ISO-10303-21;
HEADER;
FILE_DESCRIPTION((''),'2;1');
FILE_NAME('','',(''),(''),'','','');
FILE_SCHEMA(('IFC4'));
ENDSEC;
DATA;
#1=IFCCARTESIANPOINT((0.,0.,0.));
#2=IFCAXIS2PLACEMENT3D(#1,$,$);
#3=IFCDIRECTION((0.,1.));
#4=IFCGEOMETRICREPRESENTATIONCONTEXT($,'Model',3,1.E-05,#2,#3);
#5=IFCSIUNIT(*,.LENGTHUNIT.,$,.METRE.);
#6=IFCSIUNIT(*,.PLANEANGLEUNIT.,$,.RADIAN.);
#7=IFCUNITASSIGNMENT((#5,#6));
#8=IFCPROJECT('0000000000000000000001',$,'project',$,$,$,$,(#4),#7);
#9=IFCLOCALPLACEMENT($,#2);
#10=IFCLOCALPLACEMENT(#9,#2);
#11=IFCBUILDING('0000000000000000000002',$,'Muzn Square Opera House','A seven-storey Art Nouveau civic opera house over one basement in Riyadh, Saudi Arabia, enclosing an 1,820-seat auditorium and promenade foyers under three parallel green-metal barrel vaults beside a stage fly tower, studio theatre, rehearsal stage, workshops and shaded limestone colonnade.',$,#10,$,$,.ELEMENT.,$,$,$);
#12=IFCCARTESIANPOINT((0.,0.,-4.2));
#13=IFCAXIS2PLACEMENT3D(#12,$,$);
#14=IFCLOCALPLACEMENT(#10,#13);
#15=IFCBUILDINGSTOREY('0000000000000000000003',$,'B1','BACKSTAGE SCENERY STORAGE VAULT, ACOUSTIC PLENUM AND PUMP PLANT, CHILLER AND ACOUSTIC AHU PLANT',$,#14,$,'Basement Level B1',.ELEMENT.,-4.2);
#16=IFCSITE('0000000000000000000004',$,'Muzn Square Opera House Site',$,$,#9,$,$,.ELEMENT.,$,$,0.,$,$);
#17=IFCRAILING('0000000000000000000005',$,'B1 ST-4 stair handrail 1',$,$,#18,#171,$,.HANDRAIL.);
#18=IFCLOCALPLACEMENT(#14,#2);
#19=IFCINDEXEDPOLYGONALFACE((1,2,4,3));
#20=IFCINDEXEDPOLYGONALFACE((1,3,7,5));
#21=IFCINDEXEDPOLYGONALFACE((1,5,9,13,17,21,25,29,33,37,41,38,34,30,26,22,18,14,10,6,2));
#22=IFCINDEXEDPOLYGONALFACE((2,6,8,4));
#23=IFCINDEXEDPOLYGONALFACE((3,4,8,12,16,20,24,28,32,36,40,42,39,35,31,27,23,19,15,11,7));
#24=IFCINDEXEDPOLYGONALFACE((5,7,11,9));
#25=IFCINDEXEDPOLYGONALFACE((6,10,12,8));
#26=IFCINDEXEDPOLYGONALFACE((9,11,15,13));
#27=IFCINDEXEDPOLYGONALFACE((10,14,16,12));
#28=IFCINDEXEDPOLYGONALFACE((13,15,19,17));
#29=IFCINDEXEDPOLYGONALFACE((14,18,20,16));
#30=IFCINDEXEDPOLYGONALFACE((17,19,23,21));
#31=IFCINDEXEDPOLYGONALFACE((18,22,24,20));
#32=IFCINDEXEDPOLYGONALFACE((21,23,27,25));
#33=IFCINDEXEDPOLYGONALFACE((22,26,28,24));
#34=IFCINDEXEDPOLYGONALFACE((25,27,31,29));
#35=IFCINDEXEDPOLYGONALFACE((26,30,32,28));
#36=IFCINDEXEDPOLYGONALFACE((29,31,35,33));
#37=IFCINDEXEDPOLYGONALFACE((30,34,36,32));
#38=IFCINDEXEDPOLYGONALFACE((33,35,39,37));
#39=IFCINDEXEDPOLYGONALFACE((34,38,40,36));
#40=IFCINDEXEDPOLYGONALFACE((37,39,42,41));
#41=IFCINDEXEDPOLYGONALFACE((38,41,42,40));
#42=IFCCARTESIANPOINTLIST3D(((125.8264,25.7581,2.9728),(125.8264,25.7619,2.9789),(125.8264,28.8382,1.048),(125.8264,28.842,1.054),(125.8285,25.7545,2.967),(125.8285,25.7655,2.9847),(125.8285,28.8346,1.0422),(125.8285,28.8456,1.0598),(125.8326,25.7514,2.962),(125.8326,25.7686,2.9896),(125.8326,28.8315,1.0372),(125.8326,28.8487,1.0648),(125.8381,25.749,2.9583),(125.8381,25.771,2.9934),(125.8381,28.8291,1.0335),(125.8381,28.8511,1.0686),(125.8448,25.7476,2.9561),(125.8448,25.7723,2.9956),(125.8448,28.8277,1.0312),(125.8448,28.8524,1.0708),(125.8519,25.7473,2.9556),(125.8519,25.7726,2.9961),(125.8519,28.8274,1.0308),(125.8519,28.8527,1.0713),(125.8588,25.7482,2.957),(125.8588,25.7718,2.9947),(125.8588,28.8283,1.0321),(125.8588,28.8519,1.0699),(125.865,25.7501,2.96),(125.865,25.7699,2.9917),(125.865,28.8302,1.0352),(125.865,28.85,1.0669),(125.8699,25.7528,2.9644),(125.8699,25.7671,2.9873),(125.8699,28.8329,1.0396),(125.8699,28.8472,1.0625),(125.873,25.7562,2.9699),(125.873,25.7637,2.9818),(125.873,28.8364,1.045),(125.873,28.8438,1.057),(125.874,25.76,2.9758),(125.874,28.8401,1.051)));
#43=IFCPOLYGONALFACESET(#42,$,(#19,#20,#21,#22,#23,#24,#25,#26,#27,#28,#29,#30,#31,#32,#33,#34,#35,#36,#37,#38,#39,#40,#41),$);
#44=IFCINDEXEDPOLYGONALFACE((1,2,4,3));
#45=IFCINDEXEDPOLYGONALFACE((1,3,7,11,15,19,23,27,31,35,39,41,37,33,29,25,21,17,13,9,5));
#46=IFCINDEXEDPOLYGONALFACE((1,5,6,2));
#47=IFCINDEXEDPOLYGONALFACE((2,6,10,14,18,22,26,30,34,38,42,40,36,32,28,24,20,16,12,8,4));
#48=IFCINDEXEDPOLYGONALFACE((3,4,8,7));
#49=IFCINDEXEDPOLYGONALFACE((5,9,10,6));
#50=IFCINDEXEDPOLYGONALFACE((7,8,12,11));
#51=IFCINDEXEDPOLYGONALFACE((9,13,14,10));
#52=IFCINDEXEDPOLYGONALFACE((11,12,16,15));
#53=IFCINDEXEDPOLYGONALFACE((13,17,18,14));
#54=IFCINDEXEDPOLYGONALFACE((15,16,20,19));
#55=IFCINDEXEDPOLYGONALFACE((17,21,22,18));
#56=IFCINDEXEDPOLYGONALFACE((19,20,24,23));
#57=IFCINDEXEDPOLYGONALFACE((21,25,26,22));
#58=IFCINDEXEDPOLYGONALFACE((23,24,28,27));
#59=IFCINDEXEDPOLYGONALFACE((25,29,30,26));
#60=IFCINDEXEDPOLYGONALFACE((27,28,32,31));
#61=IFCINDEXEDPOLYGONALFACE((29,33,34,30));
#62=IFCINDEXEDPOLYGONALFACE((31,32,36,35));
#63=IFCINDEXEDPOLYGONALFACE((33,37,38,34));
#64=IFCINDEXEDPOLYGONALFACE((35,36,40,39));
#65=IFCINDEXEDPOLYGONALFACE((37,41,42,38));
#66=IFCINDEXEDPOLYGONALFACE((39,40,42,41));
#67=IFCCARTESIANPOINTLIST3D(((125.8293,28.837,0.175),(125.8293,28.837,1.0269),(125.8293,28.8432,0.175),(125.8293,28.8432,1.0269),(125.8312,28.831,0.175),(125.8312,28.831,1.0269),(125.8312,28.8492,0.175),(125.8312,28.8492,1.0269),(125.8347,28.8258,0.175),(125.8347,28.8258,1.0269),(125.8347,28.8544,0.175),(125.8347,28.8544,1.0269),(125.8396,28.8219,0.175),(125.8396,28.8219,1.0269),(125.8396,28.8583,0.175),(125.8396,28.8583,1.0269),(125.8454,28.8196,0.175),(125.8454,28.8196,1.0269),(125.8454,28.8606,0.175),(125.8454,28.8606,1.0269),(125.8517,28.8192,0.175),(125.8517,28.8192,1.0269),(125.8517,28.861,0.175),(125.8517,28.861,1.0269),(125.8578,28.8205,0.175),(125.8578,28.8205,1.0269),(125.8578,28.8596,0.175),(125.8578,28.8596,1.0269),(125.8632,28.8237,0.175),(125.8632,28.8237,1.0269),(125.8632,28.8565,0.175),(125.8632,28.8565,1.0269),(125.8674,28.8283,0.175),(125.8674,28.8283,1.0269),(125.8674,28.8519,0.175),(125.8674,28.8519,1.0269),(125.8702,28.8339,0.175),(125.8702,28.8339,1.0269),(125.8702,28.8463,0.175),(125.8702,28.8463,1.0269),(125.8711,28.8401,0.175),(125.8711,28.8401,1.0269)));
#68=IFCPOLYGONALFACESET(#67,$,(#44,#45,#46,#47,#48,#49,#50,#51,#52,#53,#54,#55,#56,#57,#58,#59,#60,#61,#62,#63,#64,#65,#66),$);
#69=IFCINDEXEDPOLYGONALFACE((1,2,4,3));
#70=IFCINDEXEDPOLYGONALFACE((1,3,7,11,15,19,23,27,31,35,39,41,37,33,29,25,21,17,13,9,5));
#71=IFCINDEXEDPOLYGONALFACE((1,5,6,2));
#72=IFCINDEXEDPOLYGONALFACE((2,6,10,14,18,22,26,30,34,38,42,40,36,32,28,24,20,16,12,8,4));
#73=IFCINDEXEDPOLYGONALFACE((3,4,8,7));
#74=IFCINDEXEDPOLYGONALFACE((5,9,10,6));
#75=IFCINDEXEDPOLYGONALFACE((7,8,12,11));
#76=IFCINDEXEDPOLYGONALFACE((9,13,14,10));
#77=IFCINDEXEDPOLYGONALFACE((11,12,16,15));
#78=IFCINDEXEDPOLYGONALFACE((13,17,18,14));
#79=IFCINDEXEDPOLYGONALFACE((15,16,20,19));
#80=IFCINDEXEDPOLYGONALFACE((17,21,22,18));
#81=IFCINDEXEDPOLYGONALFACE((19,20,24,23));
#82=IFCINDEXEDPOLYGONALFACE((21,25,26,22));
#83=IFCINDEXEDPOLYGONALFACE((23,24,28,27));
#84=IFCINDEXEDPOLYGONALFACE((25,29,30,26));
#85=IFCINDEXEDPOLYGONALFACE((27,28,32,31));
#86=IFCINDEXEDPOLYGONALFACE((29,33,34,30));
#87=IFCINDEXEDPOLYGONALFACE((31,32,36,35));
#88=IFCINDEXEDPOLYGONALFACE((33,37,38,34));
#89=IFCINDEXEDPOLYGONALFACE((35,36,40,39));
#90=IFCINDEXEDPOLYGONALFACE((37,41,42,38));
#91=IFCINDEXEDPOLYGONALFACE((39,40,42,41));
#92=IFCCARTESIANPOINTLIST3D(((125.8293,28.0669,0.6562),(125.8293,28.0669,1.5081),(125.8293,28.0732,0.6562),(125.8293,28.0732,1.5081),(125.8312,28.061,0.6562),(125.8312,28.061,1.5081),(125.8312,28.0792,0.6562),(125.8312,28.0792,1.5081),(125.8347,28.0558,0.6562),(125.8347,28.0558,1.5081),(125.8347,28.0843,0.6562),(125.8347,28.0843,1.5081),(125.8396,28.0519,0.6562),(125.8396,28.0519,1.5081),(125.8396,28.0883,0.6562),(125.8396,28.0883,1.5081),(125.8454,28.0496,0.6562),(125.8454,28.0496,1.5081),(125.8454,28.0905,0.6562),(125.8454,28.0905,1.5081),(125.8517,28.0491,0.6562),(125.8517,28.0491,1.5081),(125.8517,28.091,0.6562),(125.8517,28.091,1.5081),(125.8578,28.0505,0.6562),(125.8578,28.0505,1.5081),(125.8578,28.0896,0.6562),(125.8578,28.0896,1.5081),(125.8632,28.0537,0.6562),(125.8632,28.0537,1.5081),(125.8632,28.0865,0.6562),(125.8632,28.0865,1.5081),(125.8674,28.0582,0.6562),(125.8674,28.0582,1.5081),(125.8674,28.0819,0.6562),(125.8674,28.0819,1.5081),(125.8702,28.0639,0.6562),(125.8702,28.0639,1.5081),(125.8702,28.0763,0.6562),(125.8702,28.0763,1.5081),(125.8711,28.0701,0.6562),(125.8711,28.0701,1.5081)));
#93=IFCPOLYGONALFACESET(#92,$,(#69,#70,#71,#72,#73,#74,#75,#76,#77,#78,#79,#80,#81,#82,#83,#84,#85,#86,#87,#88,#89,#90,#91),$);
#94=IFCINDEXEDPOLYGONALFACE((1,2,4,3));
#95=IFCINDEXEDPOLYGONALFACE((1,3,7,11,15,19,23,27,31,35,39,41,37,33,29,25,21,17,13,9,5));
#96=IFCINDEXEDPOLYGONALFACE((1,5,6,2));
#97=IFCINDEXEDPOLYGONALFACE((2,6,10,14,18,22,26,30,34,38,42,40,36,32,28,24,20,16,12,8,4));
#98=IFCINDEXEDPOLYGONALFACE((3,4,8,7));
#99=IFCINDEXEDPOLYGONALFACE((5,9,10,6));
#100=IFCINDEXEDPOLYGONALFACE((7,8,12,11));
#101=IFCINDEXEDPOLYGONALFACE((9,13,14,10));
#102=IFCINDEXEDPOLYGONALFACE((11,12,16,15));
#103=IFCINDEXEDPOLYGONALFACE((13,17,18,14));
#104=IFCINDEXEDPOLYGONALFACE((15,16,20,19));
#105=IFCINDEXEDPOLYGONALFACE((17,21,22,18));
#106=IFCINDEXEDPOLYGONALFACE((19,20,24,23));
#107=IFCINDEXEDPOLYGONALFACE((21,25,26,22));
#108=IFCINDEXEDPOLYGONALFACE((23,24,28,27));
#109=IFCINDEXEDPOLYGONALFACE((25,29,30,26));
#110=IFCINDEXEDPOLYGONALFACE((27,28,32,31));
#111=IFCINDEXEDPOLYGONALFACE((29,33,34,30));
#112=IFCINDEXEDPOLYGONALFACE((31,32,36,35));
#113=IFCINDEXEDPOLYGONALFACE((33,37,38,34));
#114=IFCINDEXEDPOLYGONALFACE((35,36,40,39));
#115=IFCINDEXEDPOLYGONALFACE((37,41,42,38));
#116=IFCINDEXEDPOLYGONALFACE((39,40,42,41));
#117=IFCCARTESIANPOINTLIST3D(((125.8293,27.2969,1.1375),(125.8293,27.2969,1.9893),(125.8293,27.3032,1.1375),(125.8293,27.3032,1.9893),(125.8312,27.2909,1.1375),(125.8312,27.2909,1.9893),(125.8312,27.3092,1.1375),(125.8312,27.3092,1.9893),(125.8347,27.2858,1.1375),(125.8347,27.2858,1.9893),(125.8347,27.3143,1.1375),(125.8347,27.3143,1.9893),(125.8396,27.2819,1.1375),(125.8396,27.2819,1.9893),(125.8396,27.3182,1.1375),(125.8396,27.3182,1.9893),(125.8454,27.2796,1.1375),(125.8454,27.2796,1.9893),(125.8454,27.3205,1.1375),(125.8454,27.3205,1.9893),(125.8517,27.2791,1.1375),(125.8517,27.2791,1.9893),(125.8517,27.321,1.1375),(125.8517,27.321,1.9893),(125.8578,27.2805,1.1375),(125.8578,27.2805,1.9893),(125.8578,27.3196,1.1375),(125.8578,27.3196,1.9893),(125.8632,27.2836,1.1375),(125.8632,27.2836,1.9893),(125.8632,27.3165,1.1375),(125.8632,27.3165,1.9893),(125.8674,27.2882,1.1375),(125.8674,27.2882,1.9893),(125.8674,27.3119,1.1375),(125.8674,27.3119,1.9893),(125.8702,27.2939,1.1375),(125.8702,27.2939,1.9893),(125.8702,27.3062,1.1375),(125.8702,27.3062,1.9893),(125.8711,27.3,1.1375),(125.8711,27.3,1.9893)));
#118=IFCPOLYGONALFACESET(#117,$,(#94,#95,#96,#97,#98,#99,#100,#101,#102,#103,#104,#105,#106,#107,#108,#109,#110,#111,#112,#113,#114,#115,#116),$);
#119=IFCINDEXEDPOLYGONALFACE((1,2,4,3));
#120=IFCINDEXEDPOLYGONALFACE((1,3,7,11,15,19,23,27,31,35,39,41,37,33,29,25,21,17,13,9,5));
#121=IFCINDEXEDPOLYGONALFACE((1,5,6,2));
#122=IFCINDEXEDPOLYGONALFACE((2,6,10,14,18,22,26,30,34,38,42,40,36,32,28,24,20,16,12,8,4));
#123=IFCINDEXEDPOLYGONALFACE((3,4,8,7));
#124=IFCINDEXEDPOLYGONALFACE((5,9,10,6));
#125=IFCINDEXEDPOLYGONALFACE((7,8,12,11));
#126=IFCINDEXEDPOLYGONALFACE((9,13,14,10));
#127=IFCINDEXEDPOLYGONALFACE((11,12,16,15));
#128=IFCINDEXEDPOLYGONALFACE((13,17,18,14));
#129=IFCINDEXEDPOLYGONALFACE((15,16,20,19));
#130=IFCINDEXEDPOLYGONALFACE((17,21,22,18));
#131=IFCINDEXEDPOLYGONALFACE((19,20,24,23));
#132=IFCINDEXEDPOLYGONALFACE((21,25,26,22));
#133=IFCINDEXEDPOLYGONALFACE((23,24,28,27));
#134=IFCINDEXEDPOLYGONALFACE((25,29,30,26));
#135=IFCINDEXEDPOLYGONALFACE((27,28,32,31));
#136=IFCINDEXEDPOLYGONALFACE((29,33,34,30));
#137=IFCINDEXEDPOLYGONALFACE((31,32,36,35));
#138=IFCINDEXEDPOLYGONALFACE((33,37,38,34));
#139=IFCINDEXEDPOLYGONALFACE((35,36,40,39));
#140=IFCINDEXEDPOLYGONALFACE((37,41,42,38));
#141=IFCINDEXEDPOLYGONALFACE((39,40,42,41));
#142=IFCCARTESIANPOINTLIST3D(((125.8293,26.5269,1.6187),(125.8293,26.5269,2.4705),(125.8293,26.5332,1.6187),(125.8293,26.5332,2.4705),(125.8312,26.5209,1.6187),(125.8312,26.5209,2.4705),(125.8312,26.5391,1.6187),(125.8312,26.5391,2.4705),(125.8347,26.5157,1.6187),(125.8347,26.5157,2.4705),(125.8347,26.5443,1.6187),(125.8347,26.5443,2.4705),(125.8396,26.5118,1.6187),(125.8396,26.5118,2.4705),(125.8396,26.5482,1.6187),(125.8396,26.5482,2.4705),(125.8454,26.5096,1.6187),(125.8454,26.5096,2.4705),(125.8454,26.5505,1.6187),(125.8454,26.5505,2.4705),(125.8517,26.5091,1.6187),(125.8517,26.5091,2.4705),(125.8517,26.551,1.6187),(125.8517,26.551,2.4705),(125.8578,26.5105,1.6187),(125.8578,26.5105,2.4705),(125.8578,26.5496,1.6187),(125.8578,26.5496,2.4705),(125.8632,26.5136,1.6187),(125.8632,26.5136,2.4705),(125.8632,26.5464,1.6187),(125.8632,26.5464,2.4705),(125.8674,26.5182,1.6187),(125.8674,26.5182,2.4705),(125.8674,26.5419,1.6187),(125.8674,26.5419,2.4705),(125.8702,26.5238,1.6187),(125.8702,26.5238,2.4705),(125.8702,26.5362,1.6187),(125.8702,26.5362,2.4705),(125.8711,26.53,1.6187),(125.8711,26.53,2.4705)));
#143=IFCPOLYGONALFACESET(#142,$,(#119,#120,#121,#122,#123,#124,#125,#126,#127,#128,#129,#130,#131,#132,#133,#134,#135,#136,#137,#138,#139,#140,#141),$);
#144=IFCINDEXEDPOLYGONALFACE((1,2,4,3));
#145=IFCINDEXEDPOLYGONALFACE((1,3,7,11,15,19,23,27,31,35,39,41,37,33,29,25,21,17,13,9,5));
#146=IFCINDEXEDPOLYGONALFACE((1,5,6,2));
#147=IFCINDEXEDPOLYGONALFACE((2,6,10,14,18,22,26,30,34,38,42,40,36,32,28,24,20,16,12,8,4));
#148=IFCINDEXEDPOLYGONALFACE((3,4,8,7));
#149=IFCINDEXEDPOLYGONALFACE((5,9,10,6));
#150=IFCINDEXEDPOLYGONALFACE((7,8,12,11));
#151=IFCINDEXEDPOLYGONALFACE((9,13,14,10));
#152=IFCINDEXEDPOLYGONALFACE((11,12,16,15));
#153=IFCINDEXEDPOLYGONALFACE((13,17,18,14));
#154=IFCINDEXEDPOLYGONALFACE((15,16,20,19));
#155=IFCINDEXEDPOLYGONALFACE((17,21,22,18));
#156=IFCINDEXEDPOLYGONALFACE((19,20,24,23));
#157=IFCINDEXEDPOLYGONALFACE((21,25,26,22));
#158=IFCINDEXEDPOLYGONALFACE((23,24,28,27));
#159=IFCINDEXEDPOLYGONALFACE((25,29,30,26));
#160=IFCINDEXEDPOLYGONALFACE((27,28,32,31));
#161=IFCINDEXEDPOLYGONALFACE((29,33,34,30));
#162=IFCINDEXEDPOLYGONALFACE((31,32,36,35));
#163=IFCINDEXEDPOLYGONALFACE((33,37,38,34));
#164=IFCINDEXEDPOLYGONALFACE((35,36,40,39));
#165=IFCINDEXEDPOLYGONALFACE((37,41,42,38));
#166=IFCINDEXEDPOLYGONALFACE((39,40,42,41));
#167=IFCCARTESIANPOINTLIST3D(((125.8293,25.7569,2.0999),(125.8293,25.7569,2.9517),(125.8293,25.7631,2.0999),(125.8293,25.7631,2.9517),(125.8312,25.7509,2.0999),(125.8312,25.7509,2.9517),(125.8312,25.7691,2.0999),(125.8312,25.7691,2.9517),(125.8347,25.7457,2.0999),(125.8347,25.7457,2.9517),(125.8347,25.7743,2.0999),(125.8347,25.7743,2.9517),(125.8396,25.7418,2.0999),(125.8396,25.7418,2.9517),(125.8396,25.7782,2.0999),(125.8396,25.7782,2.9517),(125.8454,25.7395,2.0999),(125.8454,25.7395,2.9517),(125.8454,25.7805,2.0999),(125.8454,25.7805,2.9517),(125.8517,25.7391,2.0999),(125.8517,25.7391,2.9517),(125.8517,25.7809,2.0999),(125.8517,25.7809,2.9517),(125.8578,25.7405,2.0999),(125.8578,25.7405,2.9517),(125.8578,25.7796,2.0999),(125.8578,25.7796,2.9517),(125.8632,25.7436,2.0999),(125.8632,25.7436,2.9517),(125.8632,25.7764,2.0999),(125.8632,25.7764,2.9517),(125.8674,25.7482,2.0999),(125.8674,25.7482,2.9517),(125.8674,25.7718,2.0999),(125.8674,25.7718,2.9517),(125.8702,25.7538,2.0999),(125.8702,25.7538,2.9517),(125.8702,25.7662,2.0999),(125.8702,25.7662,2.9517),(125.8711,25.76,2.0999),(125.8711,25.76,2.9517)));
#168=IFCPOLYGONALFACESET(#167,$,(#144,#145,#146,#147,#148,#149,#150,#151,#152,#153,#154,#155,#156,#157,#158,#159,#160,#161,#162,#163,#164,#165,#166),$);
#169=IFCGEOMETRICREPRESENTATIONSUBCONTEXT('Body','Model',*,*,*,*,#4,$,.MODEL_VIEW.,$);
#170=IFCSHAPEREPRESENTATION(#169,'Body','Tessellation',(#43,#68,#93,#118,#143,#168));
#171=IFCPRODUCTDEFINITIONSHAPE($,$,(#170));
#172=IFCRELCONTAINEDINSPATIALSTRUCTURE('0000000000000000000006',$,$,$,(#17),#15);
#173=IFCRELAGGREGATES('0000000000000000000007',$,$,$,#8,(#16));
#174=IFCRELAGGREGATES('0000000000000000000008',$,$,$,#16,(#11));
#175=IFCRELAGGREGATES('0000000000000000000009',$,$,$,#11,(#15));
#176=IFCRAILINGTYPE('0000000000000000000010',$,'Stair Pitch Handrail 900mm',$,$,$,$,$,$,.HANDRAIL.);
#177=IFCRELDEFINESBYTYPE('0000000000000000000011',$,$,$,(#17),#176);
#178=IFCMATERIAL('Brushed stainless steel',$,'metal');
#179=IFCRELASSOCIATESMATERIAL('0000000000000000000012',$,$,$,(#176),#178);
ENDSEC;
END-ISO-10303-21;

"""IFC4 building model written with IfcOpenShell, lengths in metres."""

from ifc_helpers import new_model, si_unit, direction, frame, origin, origin_2d, place, context, subcontext, project, spatial, circle, extrude, material, type_object, element, save


model = new_model("IFC4")

# Units and contexts
model_context = context("Model", 3, precision=1e-05, world=origin(), true_north=direction((0.0, 1.0)))
body_context = subcontext(model_context, "Body", "Model", "MODEL_VIEW")
ifc_project = project(units=[si_unit("LENGTHUNIT", "METRE"), si_unit("PLANEANGLEUNIT", "RADIAN")], contexts=[model_context])

# Site, building, storey
site_placement = place(None, origin())
site = spatial("IfcSite", under=ifc_project, at=site_placement, Name="Muzn Square Opera House Site", CompositionType="ELEMENT", RefElevation=0.0)
building_placement = place(site_placement, origin())
building = spatial("IfcBuilding", under=site, at=building_placement, Name="Muzn Square Opera House", Description="A seven-storey Art Nouveau civic opera house over one basement in Riyadh, Saudi Arabia, enclosing an 1,820-seat auditorium and promenade foyers under three parallel green-metal barrel vaults beside a stage fly tower, studio theatre, rehearsal stage, workshops and shaded limestone colonnade.", CompositionType="ELEMENT")
storey_placement = place(building_placement, frame((0.0, 0.0, -4.2)))
storey = spatial("IfcBuildingStorey", under=building, at=storey_placement, Name="B1", Description="BACKSTAGE SCENERY STORAGE VAULT, ACOUSTIC PLENUM AND PUMP PLANT, CHILLER AND ACOUSTIC AHU PLANT", LongName="Basement Level B1", CompositionType="ELEMENT", Elevation=-4.2)

# Shared definitions
ifc_material_1 = material(Name="Brushed stainless steel", Category="metal")

# Railing
railing_type_1 = type_object("IfcRailingType", Name="Stair Pitch Handrail 900mm", PredefinedType="HANDRAIL", material=ifc_material_1)
railing_1_placement = place(storey_placement, frame((125.8501, 28.8401, 0.175)))
element("IfcRailing", 1, at=railing_1_placement, inside=storey, type_object=railing_type_1, Name="B1 ST-4 stair handrail 1", PredefinedType="HANDRAIL", context=body_context, shape_type="SweptSolid", body=[
    extrude(circle(Radius=0.0239, at=origin_2d()), frame((0.0, 0.0, 0.876), z_axis=(0.0, -0.848029, 0.529951), x_axis=(1.0, 0.0, 0.0)), (0.0, 0.0, 1.0), 3.6321),
    extrude(circle(Radius=0.021, at=origin_2d()), origin(), (0.0, 0.0, 1.0), 0.8518),
    extrude(circle(Radius=0.021, at=origin_2d()), frame((0.0, -0.77, 0.4812)), (0.0, 0.0, 1.0), 0.8518),
    extrude(circle(Radius=0.021, at=origin_2d()), frame((0.0, -1.54, 0.9624)), (0.0, 0.0, 1.0), 0.8518),
    extrude(circle(Radius=0.021, at=origin_2d()), frame((0.0, -2.3101, 1.4436)), (0.0, 0.0, 1.0), 0.8518),
    extrude(circle(Radius=0.021, at=origin_2d()), frame((0.0, -3.0801, 1.9248)), (0.0, 0.0, 1.0), 0.8518),
])

save(model, "model.ifc")
